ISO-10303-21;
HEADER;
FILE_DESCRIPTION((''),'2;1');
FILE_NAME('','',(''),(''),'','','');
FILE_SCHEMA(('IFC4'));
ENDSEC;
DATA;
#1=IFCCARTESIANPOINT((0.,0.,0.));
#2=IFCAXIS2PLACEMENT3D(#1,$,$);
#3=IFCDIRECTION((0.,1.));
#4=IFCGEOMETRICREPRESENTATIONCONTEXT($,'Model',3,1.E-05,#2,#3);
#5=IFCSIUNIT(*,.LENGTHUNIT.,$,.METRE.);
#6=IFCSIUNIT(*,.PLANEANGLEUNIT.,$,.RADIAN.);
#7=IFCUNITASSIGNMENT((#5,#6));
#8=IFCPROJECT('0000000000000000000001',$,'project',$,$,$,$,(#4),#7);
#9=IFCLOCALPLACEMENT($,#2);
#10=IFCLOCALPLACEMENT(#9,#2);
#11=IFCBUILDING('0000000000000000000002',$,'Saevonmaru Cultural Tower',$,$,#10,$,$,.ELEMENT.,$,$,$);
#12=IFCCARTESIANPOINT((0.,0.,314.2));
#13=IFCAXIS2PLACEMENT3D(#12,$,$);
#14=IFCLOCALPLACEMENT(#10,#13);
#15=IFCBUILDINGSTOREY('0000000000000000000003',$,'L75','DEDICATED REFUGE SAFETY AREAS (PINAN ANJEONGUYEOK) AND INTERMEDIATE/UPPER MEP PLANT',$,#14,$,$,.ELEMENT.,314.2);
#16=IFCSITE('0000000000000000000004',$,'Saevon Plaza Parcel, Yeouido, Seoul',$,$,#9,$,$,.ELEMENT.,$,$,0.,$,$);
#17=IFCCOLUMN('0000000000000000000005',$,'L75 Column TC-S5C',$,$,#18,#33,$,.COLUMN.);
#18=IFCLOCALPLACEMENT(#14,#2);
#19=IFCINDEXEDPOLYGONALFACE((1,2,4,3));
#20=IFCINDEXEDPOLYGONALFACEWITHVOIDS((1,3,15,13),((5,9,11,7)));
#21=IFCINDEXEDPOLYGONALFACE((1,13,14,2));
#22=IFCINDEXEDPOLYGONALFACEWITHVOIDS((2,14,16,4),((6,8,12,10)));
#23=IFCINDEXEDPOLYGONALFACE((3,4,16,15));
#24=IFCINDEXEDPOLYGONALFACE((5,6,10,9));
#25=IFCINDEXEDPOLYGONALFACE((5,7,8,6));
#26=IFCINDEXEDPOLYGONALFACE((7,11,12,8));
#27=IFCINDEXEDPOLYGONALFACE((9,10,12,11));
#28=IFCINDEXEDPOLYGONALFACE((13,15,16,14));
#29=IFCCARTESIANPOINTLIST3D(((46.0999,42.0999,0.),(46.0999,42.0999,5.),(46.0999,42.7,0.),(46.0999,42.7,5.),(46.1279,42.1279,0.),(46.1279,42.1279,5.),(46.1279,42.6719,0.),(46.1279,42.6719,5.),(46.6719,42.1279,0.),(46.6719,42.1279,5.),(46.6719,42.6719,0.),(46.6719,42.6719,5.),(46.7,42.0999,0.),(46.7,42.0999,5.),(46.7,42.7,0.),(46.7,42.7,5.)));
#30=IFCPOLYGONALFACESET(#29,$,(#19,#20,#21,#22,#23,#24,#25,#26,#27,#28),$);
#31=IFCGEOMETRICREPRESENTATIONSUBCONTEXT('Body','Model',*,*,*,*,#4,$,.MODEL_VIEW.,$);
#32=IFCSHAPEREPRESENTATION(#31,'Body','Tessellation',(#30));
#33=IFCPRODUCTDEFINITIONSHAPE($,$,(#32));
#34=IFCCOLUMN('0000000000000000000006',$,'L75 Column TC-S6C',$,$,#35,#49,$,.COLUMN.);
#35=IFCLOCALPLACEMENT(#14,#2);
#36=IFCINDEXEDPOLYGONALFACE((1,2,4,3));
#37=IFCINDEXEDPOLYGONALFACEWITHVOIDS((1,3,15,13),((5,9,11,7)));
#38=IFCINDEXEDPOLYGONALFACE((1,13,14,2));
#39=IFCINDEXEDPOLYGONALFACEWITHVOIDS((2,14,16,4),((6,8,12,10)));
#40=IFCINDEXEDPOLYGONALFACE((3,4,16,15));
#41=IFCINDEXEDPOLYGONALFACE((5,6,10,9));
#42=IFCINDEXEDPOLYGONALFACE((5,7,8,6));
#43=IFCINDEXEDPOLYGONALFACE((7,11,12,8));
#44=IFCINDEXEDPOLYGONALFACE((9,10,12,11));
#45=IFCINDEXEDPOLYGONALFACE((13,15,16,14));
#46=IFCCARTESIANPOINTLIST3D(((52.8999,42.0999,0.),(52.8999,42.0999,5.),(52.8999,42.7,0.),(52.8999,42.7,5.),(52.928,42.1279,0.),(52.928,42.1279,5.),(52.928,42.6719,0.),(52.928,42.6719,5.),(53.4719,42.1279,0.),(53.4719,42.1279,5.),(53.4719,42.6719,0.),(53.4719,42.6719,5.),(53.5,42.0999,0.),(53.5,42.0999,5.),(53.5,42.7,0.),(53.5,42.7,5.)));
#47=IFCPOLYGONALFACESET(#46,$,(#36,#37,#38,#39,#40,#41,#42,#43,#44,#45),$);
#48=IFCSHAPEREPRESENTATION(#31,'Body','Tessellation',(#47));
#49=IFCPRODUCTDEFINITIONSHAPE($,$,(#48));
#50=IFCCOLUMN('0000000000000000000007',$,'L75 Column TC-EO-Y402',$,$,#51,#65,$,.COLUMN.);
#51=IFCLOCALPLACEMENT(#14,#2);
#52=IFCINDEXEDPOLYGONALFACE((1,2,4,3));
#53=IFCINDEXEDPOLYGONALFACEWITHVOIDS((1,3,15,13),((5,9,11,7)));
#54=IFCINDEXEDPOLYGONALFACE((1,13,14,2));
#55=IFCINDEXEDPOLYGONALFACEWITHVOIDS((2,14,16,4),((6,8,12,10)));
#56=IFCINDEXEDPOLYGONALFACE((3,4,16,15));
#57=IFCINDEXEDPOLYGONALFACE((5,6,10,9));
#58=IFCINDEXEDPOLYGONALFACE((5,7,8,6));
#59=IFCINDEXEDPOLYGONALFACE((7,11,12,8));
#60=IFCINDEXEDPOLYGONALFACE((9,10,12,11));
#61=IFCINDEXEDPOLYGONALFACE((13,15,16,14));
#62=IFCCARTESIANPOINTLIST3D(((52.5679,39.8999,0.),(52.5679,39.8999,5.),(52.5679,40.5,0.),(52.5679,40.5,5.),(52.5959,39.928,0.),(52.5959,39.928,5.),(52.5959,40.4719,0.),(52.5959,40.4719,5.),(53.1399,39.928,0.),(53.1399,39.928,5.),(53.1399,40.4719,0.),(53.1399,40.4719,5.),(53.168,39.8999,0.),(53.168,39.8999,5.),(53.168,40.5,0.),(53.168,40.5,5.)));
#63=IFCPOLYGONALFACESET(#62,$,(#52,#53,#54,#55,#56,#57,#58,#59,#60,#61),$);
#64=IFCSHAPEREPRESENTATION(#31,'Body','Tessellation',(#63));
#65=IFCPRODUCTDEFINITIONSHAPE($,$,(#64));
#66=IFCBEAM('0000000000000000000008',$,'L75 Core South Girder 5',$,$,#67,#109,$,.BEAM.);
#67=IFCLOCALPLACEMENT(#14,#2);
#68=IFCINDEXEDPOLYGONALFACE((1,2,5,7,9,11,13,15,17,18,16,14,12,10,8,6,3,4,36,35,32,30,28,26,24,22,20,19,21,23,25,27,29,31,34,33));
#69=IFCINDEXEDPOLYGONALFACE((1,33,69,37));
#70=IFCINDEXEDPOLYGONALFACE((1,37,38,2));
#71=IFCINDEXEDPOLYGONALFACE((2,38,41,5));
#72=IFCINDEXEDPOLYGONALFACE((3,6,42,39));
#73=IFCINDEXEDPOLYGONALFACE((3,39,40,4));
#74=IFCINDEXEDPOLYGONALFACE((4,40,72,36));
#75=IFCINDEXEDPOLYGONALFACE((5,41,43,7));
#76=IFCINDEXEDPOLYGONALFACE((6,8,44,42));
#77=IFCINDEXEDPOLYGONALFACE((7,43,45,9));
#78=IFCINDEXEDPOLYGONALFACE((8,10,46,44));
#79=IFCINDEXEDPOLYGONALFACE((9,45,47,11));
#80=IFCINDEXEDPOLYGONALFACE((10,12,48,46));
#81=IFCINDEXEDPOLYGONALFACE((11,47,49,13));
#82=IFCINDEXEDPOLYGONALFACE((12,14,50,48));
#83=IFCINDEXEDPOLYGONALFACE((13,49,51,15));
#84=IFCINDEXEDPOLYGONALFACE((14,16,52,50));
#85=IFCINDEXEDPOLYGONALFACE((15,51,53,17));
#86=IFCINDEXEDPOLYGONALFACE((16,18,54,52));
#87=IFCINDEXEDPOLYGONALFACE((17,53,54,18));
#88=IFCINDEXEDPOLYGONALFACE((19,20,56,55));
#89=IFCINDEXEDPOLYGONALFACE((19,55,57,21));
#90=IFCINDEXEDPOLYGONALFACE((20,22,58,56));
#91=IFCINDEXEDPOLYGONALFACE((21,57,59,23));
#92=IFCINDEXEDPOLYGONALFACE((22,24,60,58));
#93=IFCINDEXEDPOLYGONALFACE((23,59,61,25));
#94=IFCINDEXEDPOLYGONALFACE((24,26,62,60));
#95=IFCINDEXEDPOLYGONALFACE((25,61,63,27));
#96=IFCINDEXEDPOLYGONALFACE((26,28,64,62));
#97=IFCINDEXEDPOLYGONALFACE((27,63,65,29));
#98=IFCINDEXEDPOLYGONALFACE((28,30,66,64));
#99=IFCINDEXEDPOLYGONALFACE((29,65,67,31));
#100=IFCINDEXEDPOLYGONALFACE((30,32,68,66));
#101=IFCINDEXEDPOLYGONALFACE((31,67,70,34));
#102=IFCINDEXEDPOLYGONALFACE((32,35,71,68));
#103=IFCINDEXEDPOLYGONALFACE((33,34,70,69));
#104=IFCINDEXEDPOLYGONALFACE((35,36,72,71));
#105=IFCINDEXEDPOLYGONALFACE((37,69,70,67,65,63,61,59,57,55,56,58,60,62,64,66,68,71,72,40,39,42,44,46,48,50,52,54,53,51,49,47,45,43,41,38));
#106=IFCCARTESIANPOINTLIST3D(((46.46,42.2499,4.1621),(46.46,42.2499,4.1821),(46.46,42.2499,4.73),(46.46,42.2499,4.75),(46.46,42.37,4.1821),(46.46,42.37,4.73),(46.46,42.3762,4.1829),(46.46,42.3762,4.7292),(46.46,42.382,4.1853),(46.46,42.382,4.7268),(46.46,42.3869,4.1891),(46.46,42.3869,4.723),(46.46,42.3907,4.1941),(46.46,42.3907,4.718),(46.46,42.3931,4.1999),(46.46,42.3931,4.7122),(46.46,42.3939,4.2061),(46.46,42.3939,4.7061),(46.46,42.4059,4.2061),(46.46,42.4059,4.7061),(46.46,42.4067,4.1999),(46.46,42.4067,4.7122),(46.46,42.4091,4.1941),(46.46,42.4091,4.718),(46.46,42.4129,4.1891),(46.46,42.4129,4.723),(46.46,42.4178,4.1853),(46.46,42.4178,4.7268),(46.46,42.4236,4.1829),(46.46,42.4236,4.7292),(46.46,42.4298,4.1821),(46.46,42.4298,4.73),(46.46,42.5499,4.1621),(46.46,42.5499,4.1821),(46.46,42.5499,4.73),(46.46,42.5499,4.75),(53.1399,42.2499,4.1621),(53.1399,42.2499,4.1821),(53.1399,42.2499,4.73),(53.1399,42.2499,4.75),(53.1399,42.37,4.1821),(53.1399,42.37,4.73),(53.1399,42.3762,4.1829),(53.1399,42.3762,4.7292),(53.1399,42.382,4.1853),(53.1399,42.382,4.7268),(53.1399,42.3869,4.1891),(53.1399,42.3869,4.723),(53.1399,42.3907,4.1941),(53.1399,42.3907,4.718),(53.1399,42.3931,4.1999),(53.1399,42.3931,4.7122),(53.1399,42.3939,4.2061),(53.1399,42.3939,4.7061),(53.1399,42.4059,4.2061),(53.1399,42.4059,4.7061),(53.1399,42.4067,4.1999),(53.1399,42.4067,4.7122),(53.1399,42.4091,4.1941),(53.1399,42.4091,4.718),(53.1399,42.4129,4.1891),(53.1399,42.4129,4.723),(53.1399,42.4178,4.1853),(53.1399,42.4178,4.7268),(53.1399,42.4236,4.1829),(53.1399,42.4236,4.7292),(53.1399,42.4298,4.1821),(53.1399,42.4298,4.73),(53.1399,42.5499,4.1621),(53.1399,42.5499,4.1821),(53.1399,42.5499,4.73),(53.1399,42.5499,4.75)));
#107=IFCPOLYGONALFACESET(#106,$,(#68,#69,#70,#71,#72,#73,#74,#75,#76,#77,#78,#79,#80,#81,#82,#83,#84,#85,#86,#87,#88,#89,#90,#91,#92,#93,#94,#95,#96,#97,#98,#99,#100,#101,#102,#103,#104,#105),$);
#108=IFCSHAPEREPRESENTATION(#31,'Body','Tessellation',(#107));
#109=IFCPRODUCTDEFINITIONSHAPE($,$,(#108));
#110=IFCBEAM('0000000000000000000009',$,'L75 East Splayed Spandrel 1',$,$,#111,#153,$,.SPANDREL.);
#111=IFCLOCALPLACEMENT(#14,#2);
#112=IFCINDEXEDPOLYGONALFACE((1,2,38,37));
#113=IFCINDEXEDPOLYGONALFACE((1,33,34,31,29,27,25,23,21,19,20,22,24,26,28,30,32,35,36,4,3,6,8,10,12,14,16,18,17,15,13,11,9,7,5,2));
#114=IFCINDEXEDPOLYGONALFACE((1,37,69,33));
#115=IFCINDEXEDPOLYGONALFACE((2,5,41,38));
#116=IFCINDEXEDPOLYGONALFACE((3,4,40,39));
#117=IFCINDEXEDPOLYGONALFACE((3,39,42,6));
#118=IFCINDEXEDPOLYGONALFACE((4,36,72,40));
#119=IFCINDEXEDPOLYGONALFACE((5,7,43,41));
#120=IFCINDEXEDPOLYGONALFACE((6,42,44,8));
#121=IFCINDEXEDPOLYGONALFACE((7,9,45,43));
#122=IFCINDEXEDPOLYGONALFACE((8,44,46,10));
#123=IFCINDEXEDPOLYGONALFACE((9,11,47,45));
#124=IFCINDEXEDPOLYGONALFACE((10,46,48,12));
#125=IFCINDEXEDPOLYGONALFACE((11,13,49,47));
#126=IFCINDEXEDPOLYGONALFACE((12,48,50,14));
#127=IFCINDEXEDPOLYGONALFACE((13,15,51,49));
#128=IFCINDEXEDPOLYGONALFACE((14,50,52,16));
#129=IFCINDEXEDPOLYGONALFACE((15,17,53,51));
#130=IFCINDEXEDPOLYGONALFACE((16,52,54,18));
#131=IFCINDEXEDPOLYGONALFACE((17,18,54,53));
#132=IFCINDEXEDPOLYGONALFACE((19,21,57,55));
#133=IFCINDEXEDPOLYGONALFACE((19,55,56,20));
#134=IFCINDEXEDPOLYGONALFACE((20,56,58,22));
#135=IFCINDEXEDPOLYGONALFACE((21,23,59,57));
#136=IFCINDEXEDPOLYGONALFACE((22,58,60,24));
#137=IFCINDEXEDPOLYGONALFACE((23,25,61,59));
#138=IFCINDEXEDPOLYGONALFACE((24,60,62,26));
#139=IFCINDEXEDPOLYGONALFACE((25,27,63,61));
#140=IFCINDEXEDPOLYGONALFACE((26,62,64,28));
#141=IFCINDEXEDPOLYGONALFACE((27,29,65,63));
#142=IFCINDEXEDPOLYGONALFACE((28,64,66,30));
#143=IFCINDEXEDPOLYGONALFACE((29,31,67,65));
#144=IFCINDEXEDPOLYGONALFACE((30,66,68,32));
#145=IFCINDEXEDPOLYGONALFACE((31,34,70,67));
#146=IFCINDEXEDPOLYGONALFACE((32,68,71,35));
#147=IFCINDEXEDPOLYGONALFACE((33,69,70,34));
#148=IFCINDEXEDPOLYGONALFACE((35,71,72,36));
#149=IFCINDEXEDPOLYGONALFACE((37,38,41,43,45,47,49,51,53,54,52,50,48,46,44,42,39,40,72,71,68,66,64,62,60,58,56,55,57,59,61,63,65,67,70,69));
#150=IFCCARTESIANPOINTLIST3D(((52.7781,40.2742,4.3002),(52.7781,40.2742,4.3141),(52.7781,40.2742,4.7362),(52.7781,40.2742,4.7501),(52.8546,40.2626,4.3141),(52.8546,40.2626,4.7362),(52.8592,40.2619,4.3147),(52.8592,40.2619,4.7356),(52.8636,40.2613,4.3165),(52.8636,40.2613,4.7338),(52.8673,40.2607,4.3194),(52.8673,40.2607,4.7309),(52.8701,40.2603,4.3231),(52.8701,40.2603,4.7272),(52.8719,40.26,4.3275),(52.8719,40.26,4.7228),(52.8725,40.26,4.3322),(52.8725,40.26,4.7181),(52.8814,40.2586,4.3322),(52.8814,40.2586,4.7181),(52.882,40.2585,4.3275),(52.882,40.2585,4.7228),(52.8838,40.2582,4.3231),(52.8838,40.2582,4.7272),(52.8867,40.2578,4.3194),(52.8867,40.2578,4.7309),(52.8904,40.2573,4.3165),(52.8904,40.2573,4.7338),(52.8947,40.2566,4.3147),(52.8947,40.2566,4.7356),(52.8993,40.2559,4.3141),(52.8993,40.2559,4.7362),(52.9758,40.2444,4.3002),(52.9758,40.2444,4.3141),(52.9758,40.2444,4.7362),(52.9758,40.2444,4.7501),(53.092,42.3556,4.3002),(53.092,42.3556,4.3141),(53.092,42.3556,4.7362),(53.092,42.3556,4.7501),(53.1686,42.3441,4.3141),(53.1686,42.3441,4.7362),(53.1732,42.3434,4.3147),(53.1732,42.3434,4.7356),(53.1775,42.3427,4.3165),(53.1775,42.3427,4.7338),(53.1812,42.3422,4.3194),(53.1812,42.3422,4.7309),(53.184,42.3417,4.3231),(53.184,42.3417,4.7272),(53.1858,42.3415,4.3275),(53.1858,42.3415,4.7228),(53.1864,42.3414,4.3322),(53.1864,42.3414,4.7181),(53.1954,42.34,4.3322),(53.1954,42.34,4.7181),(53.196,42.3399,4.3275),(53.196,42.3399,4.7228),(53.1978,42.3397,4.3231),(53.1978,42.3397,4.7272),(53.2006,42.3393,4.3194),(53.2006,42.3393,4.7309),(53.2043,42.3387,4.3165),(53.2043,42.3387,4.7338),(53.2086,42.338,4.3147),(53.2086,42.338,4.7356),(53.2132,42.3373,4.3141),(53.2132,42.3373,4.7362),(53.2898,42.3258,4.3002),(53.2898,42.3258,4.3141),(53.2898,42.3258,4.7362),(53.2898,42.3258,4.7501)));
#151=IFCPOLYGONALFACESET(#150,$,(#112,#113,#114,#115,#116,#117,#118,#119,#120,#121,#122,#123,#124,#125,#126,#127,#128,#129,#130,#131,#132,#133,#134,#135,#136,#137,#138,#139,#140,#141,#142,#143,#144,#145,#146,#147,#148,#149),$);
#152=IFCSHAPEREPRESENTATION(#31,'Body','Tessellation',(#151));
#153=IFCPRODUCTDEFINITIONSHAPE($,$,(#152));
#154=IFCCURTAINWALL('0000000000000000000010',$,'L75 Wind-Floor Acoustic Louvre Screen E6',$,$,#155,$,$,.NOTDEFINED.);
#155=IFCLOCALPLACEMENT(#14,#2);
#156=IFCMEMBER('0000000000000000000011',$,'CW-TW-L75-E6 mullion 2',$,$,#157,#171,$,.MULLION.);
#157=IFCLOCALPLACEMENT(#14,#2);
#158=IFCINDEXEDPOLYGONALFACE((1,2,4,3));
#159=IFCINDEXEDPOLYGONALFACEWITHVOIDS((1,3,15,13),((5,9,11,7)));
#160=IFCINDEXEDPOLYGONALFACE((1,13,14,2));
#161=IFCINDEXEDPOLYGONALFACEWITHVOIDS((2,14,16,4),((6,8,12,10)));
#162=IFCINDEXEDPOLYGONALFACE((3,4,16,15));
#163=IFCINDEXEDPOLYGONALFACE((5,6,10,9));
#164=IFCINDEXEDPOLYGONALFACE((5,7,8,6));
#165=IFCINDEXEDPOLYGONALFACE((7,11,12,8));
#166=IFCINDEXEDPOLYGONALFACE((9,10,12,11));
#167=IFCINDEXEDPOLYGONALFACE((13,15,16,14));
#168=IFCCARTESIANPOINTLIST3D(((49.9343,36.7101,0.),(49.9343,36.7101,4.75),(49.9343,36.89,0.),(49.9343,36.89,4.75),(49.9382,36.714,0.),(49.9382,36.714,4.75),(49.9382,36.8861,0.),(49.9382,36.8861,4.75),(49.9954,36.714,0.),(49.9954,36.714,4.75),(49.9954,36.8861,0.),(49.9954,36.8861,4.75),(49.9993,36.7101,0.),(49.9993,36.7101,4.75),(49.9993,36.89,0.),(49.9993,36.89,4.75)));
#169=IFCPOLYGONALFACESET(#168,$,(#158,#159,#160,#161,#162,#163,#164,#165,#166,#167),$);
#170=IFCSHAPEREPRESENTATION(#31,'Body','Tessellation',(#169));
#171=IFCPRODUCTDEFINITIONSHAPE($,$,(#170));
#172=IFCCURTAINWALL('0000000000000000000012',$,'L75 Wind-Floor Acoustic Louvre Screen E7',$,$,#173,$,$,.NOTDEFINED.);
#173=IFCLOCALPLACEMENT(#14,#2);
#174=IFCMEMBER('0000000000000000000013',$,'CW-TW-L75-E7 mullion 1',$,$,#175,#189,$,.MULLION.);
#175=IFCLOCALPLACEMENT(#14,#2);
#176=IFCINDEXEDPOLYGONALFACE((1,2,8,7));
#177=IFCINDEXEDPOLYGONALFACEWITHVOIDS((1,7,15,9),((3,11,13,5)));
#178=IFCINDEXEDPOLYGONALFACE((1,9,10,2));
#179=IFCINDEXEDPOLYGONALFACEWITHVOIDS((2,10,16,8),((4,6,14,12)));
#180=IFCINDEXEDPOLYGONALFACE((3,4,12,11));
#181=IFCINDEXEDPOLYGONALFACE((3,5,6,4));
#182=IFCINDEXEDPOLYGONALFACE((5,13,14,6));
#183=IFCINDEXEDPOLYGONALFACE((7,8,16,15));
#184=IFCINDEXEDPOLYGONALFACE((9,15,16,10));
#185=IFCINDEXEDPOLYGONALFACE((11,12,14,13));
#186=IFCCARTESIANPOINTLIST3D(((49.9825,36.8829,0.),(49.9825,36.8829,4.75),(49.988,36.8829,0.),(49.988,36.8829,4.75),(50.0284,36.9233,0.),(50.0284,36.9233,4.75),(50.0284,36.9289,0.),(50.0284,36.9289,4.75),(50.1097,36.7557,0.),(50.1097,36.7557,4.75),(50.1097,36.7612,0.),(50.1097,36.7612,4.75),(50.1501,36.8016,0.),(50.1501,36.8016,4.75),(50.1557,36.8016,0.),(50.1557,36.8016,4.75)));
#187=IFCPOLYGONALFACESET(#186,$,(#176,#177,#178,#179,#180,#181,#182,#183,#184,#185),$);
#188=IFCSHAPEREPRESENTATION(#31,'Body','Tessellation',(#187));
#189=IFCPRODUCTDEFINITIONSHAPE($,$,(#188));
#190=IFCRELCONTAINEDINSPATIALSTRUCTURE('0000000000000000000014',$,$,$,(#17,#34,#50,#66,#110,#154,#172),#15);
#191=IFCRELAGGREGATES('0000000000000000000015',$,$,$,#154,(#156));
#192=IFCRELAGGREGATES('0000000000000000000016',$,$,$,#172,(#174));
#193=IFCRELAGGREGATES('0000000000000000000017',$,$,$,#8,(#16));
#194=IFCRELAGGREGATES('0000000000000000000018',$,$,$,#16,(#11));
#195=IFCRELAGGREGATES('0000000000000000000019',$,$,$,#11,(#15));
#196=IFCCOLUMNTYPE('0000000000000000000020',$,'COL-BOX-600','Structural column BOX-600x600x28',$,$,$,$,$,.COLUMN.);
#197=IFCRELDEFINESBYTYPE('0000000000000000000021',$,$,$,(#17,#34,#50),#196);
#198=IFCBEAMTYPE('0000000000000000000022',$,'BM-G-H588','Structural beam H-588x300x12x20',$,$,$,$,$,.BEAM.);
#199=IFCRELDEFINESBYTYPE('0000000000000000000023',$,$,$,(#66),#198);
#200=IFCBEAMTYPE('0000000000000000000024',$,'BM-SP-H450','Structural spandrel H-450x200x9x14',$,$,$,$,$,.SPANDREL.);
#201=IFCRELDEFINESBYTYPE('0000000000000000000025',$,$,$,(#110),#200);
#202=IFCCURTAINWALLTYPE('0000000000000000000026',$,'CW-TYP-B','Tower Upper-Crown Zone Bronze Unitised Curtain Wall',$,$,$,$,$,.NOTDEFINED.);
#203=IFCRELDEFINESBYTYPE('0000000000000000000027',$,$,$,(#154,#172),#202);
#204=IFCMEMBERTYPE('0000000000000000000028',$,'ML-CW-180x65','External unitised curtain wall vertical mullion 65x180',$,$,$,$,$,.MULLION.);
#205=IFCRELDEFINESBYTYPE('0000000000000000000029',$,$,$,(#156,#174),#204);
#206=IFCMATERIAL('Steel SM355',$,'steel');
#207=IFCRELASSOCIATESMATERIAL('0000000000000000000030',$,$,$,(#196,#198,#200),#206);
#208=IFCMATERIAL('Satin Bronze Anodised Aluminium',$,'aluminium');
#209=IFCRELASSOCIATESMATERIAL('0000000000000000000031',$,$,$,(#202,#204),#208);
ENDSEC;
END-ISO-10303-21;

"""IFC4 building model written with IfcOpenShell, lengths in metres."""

from ifc_helpers import new_model, si_unit, direction, frame, origin, origin_2d, place, context, subcontext, project, spatial, hollow_rectangle, i_section, extrude, material, material_profile, profile_set, type_object, element, aggregate, save


model = new_model("IFC4")

# Units and contexts
model_context = context("Model", 3, precision=1e-05, world=origin(), true_north=direction((0.0, 1.0)))
body_context = subcontext(model_context, "Body", "Model", "MODEL_VIEW")
ifc_project = project(units=[si_unit("LENGTHUNIT", "METRE"), si_unit("PLANEANGLEUNIT", "RADIAN")], contexts=[model_context])

# Site, building, storey
site_placement = place(None, origin())
site = spatial("IfcSite", under=ifc_project, at=site_placement, Name="Saevon Plaza Parcel, Yeouido, Seoul", CompositionType="ELEMENT", RefElevation=0.0)
building_placement = place(site_placement, origin())
building = spatial("IfcBuilding", under=site, at=building_placement, Name="Saevonmaru Cultural Tower", CompositionType="ELEMENT")
storey_placement = place(building_placement, frame((0.0, 0.0, 314.2)))
storey = spatial("IfcBuildingStorey", under=building, at=storey_placement, Name="L75", Description="DEDICATED REFUGE SAFETY AREAS (PINAN ANJEONGUYEOK) AND INTERMEDIATE/UPPER MEP PLANT", CompositionType="ELEMENT", Elevation=314.2)

# Columns
ifc_material_1 = material(Name="Steel SM355", Category="steel")
ifc_material_profile_1 = material_profile(ifc_material_1, hollow_rectangle(XDim=0.6001, YDim=0.6001, WallThickness=0.0281, at=origin_2d()), Name="BOX-600x600x28")
ifc_profile_set_1 = profile_set([ifc_material_profile_1], Name="Steel SM355")
column_type = type_object("IfcColumnType", Name="COL-BOX-600", Description="Structural column BOX-600x600x28", PredefinedType="COLUMN", material=ifc_profile_set_1)
for number, where, z_axis, x_axis, name in (
    (1, (46.3999, 42.3999, 0.0), (0.0, 0.0, 1.0), (1.0, 0.0, 0.0), "L75 Column TC-S5C"),
    (2, (53.2, 42.3999, 0.0), (0.0, 0.0, 1.0), (1.0, 0.0, 0.0), "L75 Column TC-S6C"),
    (3, (52.8679, 40.2, 0.0), (0.0, 0.0, 1.0), (1.0, 0.0, 0.0), "L75 Column TC-EO-Y402"),
):
    element("IfcColumn", number, at=place(storey_placement, frame(where, z_axis=z_axis, x_axis=x_axis)), inside=storey, type_object=column_type, Name=name, PredefinedType="COLUMN", context=body_context, shape_type="SweptSolid", body=[
        extrude(hollow_rectangle(XDim=0.6001, YDim=0.6001, WallThickness=0.0281, at=origin_2d()), origin(), (0.0, 0.0, 1.0), 5.0),
    ])

# Beams
ifc_material_profile_2 = material_profile(ifc_material_1, i_section(OverallWidth=0.3, OverallDepth=0.5879, WebThickness=0.012, FlangeThickness=0.02, FilletRadius=0.0239, at=origin_2d()), Name="H-588x300x12x20")
ifc_profile_set_2 = profile_set([ifc_material_profile_2], Name="Steel SM355")
beam_type_1 = type_object("IfcBeamType", Name="BM-G-H588", Description="Structural beam H-588x300x12x20", PredefinedType="BEAM", material=ifc_profile_set_2)
beam_1_placement = place(storey_placement, frame((46.46, 42.3999, 4.4561), z_axis=(1.0, 0.0, 0.0), x_axis=(0.0, 1.0, 0.0)))
element("IfcBeam", 4, at=beam_1_placement, inside=storey, type_object=beam_type_1, Name="L75 Core South Girder 5", PredefinedType="BEAM", context=body_context, shape_type="SweptSolid", body=[
    extrude(i_section(OverallWidth=0.3, OverallDepth=0.5879, WebThickness=0.012, FlangeThickness=0.02, FilletRadius=0.0239, at=origin_2d()), origin(), (0.0, 0.0, 1.0), 6.6799),
])
ifc_material_profile_3 = material_profile(ifc_material_1, i_section(OverallWidth=0.2, OverallDepth=0.45, WebThickness=0.009, FlangeThickness=0.0139, FilletRadius=0.0181, at=origin_2d()), Name="H-450x200x9x14")
ifc_profile_set_3 = profile_set([ifc_material_profile_3], Name="Steel SM355")
beam_type_2 = type_object("IfcBeamType", Name="BM-SP-H450", Description="Structural spandrel H-450x200x9x14", PredefinedType="SPANDREL", material=ifc_profile_set_3)
beam_2_placement = place(storey_placement, frame((52.877, 40.2593, 4.5251), z_axis=(0.149146, 0.988815, 0.0), x_axis=(-0.988815, 0.149146, 0.0)))
element("IfcBeam", 5, at=beam_2_placement, inside=storey, type_object=beam_type_2, Name="L75 East Splayed Spandrel 1", PredefinedType="SPANDREL", context=body_context, shape_type="SweptSolid", body=[
    extrude(i_section(OverallWidth=0.2, OverallDepth=0.45, WebThickness=0.009, FlangeThickness=0.0139, FilletRadius=0.0181, at=origin_2d()), origin(), (0.0, 0.0, 1.0), 2.105),
])

# Curtain wall, member
ifc_material_2 = material(Name="Satin Bronze Anodised Aluminium", Category="aluminium")
curtain_wall_type = type_object("IfcCurtainWallType", Name="CW-TYP-B", Description="Tower Upper-Crown Zone Bronze Unitised Curtain Wall", PredefinedType="NOTDEFINED", material=ifc_material_2)
curtain_wall_1_placement = place(storey_placement, origin())
curtain_wall_1 = element("IfcCurtainWall", 6, at=curtain_wall_1_placement, inside=storey, type_object=curtain_wall_type, Name="L75 Wind-Floor Acoustic Louvre Screen E6", PredefinedType="NOTDEFINED")
ifc_material_profile_4 = material_profile(ifc_material_2, hollow_rectangle(XDim=0.0649, YDim=0.1799, WallThickness=0.0039, at=origin_2d()), Name="ALU-MULL-180x65x4")
ifc_profile_set_4 = profile_set([ifc_material_profile_4], Name="Satin Bronze Anodised Aluminium")
member_type_1 = type_object("IfcMemberType", Name="ML-CW-180x65", Description="External unitised curtain wall vertical mullion 65x180", PredefinedType="MULLION", material=ifc_profile_set_4)
member_1_placement = place(storey_placement, frame((49.9668, 36.8, 0.0), z_axis=(0.0, 0.0, 1.0), x_axis=(1.0, 0.0, 0.0)))
member_1 = element("IfcMember", 7, at=member_1_placement, type_object=member_type_1, Name="CW-TW-L75-E6 mullion 2", PredefinedType="MULLION", context=body_context, shape_type="SweptSolid", body=[
    extrude(hollow_rectangle(XDim=0.0649, YDim=0.1799, WallThickness=0.0039, at=origin_2d()), origin(), (0.0, 0.0, 1.0), 4.75),
])
aggregate(curtain_wall_1, [member_1])

# Curtain wall, member
curtain_wall_2_placement = place(storey_placement, origin())
curtain_wall_2 = element("IfcCurtainWall", 8, at=curtain_wall_2_placement, inside=storey, type_object=curtain_wall_type, Name="L75 Wind-Floor Acoustic Louvre Screen E7", PredefinedType="NOTDEFINED")
member_2_placement = place(storey_placement, frame((50.0691, 36.8423, 0.0), z_axis=(0.0, 0.0, 1.0), x_axis=(0.707107, 0.707107, 0.0)))
member_2 = element("IfcMember", 9, at=member_2_placement, type_object=member_type_1, Name="CW-TW-L75-E7 mullion 1", PredefinedType="MULLION", context=body_context, shape_type="SweptSolid", body=[
    extrude(hollow_rectangle(XDim=0.0649, YDim=0.1799, WallThickness=0.0039, at=origin_2d()), origin(), (0.0, 0.0, 1.0), 4.75),
])

aggregate(curtain_wall_2, [member_2])

save(model, "model.ifc")
